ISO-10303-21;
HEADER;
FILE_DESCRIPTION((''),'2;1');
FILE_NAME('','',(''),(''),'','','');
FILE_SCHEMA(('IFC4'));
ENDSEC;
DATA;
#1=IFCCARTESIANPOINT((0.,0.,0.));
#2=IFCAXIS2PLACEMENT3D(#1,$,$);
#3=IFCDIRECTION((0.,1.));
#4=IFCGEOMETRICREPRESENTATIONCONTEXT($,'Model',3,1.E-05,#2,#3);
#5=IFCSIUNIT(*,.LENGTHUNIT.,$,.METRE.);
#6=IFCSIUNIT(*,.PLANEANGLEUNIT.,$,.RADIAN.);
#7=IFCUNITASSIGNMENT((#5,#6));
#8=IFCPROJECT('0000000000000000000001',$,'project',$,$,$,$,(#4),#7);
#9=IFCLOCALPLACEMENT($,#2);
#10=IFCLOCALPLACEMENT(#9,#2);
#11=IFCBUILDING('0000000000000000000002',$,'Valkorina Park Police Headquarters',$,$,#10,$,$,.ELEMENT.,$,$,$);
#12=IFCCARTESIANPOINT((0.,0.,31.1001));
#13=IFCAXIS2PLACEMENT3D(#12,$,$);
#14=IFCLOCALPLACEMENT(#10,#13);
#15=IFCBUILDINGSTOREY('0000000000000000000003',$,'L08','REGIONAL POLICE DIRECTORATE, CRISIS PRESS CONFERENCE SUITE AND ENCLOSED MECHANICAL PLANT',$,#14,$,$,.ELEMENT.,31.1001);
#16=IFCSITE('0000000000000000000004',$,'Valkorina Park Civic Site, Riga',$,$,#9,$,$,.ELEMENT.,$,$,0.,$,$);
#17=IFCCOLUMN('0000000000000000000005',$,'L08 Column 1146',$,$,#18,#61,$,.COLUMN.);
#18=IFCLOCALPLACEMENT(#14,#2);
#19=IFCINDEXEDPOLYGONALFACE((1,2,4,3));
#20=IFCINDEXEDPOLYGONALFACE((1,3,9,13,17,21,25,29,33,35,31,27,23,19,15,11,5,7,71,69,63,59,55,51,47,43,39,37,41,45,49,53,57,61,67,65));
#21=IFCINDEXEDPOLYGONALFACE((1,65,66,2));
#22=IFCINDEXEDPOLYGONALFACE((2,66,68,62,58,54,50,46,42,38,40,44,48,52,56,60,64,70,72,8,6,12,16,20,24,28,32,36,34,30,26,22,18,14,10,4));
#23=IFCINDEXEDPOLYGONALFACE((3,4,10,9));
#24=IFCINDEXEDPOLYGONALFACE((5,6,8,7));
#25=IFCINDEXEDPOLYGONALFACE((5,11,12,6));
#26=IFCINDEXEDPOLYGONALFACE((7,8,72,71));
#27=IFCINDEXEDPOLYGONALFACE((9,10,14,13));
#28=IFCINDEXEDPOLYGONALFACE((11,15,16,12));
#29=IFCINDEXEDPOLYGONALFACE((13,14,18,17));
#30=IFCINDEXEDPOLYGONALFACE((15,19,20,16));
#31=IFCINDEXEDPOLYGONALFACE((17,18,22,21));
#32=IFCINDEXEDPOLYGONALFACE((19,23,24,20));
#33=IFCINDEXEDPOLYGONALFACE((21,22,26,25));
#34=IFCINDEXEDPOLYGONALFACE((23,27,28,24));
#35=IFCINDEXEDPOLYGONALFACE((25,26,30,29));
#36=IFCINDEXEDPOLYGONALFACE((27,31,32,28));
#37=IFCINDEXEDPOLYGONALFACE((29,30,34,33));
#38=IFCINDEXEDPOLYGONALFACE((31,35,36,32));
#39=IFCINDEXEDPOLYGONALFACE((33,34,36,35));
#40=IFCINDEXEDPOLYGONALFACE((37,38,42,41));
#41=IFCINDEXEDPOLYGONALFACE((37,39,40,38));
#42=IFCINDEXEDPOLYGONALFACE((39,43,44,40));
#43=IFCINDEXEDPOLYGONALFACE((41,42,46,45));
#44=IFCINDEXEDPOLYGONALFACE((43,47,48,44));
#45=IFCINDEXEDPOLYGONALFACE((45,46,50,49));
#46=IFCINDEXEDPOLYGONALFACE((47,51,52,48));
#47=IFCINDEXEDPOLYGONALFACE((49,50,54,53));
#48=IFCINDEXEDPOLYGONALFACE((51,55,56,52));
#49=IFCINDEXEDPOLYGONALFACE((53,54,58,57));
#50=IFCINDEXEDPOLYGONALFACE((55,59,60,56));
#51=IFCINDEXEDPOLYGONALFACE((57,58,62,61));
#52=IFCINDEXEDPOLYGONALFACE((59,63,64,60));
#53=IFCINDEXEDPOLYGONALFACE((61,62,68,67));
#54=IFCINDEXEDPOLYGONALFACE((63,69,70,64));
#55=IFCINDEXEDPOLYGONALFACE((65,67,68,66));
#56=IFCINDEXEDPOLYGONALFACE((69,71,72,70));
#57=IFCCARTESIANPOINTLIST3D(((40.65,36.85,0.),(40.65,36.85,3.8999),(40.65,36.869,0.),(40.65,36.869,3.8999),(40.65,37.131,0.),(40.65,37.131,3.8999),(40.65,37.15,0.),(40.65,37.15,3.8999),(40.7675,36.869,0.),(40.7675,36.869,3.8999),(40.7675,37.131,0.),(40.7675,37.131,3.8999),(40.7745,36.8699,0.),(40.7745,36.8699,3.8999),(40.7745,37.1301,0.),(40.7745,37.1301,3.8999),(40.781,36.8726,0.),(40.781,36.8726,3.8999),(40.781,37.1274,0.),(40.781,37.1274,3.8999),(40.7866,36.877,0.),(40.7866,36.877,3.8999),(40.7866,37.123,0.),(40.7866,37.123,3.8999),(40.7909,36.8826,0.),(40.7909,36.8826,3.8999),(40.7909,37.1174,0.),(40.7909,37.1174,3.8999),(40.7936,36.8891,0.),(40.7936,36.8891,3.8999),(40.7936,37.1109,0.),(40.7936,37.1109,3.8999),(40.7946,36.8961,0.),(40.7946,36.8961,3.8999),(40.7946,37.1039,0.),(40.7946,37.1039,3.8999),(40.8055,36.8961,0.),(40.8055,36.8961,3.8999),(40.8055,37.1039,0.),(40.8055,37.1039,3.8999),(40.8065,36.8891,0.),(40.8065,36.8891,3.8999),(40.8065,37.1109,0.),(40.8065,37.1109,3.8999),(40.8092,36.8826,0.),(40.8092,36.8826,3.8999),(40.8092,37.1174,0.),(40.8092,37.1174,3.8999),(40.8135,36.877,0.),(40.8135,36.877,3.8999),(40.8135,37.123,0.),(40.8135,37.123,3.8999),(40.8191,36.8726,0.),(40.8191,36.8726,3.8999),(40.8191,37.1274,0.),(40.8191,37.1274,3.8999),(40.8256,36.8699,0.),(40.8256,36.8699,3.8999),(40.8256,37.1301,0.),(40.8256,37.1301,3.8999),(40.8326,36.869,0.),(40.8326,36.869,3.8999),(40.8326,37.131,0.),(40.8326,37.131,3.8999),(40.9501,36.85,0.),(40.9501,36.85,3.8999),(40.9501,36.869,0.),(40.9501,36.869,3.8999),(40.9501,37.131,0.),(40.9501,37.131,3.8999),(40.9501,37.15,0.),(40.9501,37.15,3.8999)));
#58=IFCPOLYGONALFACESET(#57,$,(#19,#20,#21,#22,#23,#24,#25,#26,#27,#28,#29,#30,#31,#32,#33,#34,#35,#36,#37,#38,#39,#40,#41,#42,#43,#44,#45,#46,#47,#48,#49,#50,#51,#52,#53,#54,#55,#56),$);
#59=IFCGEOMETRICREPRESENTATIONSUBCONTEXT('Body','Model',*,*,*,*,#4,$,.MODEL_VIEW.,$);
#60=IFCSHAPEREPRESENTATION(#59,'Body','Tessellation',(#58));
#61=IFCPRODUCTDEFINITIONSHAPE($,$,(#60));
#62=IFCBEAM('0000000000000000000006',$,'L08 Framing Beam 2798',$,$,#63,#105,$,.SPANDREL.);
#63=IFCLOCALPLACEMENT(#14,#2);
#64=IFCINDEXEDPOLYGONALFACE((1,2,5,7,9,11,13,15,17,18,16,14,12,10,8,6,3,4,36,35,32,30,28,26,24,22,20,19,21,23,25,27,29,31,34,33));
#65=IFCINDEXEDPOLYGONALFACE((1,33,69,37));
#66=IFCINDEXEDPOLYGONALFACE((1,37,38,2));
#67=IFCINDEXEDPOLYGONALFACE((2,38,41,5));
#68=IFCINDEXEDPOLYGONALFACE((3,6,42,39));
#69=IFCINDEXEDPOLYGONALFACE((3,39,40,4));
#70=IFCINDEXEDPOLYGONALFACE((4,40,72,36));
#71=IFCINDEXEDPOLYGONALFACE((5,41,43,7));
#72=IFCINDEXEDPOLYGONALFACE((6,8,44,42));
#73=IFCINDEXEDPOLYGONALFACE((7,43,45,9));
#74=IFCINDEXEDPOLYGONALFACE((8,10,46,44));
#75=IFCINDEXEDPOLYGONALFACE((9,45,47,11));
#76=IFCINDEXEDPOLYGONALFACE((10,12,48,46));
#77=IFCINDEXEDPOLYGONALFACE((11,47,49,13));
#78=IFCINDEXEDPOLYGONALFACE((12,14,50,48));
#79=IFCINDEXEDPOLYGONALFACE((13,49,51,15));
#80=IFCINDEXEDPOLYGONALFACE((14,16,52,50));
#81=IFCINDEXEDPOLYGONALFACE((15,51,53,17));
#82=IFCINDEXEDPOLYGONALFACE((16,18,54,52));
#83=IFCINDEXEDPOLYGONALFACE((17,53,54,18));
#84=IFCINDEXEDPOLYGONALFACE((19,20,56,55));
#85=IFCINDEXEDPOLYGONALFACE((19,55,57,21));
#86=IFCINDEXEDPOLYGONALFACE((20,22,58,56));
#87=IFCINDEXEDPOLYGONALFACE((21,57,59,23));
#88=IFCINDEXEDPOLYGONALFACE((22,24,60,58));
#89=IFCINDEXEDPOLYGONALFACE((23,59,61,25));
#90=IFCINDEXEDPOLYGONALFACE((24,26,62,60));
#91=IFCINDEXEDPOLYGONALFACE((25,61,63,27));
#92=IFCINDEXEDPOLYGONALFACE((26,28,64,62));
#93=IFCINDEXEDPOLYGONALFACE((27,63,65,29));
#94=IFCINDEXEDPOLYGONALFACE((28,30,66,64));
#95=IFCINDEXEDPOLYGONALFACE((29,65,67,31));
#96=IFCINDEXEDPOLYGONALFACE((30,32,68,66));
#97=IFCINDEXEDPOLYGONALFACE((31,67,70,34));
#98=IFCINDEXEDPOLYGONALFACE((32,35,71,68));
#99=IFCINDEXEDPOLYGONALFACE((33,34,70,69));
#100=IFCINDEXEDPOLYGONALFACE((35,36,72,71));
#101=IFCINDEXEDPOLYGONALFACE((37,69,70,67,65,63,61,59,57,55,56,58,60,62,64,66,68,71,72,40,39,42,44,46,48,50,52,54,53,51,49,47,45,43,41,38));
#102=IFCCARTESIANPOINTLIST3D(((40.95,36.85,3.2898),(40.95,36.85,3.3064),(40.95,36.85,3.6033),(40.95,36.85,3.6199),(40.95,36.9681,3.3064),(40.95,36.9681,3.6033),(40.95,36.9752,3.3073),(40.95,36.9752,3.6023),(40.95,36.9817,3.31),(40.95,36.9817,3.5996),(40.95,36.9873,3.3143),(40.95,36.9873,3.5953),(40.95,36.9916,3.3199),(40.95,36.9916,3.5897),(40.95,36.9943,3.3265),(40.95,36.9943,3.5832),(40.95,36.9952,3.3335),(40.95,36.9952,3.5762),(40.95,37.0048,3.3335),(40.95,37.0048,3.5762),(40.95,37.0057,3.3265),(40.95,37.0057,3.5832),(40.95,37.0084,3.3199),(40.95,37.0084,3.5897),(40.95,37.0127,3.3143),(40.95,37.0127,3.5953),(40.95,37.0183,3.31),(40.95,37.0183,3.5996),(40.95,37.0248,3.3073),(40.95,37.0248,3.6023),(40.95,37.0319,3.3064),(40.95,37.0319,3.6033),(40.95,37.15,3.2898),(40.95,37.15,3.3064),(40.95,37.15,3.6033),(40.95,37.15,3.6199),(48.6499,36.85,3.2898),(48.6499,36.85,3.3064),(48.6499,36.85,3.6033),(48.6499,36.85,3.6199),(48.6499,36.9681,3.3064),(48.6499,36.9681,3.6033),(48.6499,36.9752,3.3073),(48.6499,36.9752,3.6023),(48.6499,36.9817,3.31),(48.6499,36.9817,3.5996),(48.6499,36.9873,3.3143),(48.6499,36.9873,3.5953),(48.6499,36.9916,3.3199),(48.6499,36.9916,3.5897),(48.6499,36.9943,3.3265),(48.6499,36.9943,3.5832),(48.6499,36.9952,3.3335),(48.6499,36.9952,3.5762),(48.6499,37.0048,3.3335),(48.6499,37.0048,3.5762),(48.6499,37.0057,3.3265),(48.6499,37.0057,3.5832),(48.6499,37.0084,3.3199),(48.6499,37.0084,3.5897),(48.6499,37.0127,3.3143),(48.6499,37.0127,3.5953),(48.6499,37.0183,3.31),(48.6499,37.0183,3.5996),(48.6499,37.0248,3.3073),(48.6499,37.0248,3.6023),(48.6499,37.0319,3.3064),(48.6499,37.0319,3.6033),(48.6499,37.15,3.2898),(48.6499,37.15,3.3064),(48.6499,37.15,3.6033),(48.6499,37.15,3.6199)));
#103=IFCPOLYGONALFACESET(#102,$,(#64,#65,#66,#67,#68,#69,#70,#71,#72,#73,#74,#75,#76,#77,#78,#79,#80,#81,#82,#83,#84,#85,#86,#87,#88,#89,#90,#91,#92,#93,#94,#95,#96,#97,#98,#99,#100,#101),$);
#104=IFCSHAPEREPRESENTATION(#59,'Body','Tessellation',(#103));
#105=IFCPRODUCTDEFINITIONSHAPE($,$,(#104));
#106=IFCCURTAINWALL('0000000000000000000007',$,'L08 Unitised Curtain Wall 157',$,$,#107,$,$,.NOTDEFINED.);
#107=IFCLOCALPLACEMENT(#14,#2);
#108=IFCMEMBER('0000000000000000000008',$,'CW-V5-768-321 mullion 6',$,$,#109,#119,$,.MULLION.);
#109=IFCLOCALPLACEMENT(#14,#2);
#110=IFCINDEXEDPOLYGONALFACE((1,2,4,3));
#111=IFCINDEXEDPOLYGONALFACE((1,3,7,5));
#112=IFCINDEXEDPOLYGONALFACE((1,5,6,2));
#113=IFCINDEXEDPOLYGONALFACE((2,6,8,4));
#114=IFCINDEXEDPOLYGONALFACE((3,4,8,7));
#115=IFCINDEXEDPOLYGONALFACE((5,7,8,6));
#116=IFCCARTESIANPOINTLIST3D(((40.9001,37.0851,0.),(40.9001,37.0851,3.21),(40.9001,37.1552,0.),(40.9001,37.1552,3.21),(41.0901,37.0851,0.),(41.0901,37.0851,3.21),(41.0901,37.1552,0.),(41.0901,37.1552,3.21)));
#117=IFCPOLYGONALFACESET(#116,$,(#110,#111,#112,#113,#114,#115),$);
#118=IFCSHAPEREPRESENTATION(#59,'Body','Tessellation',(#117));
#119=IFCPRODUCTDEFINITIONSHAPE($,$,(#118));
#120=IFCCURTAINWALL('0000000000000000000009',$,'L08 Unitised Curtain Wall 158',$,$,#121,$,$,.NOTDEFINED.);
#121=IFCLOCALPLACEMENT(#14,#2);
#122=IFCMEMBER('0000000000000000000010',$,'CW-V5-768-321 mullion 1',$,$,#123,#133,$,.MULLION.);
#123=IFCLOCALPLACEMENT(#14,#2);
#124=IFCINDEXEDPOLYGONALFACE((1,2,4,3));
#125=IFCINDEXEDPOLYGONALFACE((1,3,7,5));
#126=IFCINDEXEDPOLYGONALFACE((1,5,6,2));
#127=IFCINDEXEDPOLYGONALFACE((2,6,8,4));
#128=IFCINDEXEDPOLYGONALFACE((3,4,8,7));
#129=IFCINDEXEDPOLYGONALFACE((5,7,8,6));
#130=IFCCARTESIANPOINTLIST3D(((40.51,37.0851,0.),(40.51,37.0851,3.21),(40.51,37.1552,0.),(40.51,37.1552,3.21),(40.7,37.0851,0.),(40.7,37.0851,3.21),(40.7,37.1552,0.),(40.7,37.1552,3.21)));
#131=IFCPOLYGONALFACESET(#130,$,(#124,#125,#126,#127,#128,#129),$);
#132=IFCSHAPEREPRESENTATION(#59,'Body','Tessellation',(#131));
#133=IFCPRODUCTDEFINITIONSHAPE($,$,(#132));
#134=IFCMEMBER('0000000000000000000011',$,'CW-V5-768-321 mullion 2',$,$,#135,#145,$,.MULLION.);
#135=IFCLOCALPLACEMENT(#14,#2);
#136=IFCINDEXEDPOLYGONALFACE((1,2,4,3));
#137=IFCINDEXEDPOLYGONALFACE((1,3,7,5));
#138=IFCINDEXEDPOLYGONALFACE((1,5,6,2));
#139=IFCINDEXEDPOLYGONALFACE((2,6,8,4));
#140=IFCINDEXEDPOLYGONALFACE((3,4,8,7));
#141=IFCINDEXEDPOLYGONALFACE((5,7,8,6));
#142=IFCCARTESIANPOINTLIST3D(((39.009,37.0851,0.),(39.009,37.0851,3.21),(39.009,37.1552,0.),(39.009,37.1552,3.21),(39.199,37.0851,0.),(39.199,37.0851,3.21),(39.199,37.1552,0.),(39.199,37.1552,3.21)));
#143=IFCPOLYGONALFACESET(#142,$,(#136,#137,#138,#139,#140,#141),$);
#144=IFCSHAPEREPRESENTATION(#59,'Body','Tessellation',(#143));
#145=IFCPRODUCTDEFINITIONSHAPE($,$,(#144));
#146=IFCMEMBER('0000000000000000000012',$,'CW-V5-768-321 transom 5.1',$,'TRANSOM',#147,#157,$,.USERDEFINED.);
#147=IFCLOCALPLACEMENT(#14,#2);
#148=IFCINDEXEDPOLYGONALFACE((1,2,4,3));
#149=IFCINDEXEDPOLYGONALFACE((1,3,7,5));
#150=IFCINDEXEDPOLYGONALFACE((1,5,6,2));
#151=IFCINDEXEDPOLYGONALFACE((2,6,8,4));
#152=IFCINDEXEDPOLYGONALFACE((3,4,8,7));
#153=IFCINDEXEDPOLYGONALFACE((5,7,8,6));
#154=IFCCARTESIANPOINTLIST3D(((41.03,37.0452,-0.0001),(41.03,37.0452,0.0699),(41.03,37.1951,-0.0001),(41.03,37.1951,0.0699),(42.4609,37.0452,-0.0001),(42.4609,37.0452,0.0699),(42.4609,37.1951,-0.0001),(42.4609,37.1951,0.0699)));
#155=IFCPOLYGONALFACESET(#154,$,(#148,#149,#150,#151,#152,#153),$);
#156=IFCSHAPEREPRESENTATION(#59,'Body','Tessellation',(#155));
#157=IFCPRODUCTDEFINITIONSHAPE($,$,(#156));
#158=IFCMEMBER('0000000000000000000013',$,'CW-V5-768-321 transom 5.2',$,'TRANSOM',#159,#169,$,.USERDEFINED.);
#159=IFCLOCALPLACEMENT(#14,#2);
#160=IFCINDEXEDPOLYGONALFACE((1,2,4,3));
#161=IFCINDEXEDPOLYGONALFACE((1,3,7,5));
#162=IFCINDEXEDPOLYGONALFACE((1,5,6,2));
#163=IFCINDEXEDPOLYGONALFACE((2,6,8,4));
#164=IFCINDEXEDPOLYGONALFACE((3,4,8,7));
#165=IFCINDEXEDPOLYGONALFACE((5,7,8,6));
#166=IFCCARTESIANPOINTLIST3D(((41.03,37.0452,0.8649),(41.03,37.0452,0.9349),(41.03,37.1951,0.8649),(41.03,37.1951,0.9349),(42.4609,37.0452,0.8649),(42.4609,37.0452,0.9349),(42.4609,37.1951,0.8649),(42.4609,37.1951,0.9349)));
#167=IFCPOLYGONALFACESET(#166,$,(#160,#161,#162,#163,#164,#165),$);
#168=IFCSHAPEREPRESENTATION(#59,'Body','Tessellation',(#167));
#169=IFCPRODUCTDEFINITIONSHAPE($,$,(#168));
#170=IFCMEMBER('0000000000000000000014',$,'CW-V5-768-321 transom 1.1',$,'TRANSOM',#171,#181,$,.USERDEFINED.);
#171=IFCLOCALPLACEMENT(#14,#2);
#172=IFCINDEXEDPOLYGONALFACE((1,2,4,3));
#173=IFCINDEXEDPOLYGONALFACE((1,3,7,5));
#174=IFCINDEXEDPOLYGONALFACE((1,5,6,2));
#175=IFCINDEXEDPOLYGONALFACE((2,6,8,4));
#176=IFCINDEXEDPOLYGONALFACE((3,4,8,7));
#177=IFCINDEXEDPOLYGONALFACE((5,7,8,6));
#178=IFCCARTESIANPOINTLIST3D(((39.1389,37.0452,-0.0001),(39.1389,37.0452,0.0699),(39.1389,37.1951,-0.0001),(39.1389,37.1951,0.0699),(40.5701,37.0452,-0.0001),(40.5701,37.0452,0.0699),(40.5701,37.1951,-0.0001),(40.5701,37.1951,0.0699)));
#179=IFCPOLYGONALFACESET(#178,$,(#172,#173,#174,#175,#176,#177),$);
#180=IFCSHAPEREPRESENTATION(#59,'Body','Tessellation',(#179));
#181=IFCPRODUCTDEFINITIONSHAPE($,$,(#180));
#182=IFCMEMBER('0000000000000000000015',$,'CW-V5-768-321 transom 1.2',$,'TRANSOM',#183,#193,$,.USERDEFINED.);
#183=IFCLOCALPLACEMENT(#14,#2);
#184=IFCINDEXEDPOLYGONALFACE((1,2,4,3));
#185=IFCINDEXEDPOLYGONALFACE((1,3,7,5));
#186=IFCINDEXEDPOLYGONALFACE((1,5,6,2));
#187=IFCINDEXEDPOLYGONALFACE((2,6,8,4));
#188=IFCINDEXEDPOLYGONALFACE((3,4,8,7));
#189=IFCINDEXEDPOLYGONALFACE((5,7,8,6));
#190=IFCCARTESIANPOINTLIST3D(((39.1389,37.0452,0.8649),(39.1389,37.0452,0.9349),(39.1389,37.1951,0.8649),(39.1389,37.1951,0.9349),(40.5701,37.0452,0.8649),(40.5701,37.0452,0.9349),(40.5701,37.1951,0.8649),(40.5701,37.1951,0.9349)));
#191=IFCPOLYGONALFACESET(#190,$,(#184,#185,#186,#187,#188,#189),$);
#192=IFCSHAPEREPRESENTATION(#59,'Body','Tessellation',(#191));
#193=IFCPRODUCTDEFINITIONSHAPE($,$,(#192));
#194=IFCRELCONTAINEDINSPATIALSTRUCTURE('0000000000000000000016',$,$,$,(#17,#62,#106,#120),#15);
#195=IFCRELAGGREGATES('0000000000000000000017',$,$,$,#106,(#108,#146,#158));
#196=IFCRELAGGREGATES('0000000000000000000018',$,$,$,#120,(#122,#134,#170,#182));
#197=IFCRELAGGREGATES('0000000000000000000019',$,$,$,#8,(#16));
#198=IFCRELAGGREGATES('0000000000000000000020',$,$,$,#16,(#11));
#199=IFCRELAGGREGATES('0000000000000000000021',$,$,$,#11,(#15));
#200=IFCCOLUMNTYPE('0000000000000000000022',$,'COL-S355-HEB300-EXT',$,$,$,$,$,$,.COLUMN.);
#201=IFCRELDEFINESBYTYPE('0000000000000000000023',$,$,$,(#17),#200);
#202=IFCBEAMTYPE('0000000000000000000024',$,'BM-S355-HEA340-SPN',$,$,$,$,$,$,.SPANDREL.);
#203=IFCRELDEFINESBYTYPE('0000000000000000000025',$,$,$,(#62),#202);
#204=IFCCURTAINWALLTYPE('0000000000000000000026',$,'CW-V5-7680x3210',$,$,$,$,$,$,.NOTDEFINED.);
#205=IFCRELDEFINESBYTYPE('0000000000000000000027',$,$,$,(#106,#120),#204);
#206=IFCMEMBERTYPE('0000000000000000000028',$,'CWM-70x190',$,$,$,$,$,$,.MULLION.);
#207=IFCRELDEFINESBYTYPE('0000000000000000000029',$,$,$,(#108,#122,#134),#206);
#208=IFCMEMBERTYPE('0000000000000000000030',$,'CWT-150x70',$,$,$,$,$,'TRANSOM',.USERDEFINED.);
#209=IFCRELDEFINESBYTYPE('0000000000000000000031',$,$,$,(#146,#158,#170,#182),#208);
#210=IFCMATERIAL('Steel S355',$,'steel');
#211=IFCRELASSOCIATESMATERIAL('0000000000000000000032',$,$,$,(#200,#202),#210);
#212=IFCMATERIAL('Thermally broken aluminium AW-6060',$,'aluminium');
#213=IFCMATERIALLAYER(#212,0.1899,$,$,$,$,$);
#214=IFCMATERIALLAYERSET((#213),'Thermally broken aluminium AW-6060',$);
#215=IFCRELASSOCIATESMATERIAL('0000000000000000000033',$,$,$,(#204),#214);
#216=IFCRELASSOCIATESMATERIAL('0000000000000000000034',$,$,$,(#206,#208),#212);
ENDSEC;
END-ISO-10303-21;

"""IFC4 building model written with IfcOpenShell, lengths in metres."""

from ifc_helpers import new_model, si_unit, direction, frame, origin, origin_2d, place, context, subcontext, project, spatial, rectangle, i_section, extrude, material, layer, layer_set, material_profile, profile_set, type_object, element, aggregate, save


model = new_model("IFC4")

# Units and contexts
model_context = context("Model", 3, precision=1e-05, world=origin(), true_north=direction((0.0, 1.0)))
body_context = subcontext(model_context, "Body", "Model", "MODEL_VIEW")
ifc_project = project(units=[si_unit("LENGTHUNIT", "METRE"), si_unit("PLANEANGLEUNIT", "RADIAN")], contexts=[model_context])

# Site, building, storey
site_placement = place(None, origin())
site = spatial("IfcSite", under=ifc_project, at=site_placement, Name="Valkorina Park Civic Site, Riga", CompositionType="ELEMENT", RefElevation=0.0)
building_placement = place(site_placement, origin())
building = spatial("IfcBuilding", under=site, at=building_placement, Name="Valkorina Park Police Headquarters", CompositionType="ELEMENT")
storey_placement = place(building_placement, frame((0.0, 0.0, 31.1001)))
storey = spatial("IfcBuildingStorey", under=building, at=storey_placement, Name="L08", Description="REGIONAL POLICE DIRECTORATE, CRISIS PRESS CONFERENCE SUITE AND ENCLOSED MECHANICAL PLANT", CompositionType="ELEMENT", Elevation=31.1001)

# Column
ifc_material_1 = material(Name="Steel S355", Category="steel")
ifc_material_profile_1 = material_profile(ifc_material_1, i_section(OverallWidth=0.3, OverallDepth=0.3, WebThickness=0.011, FlangeThickness=0.019, FilletRadius=0.0271, at=origin_2d()), Name="HEB 300")
ifc_profile_set_1 = profile_set([ifc_material_profile_1], Name="Steel S355")
column_type = type_object("IfcColumnType", Name="COL-S355-HEB300-EXT", PredefinedType="COLUMN", material=ifc_profile_set_1)
column_placement = place(storey_placement, frame((40.8, 37.0, 0.0), z_axis=(0.0, 0.0, 1.0), x_axis=(1.0, 0.0, 0.0)))
element("IfcColumn", 1, at=column_placement, inside=storey, type_object=column_type, Name="L08 Column 1146", PredefinedType="COLUMN", context=body_context, shape_type="SweptSolid", body=[
    extrude(i_section(OverallWidth=0.3, OverallDepth=0.3, WebThickness=0.011, FlangeThickness=0.019, FilletRadius=0.0271, at=origin_2d()), origin(), (0.0, 0.0, 1.0), 3.8999),
])

# Beam
ifc_material_profile_2 = material_profile(ifc_material_1, i_section(OverallWidth=0.3, OverallDepth=0.3301, WebThickness=0.0095, FlangeThickness=0.0166, FilletRadius=0.0271, at=origin_2d()), Name="HEA 340")
ifc_profile_set_2 = profile_set([ifc_material_profile_2], Name="Steel S355")
beam_type = type_object("IfcBeamType", Name="BM-S355-HEA340-SPN", PredefinedType="SPANDREL", material=ifc_profile_set_2)
beam_placement = place(storey_placement, frame((40.95, 37.0, 3.4548), z_axis=(1.0, 0.0, 0.0), x_axis=(0.0, 1.0, 0.0)))
element("IfcBeam", 2, at=beam_placement, inside=storey, type_object=beam_type, Name="L08 Framing Beam 2798", PredefinedType="SPANDREL", context=body_context, shape_type="SweptSolid", body=[
    extrude(i_section(OverallWidth=0.3, OverallDepth=0.3301, WebThickness=0.0095, FlangeThickness=0.0166, FilletRadius=0.0271, at=origin_2d()), origin(), (0.0, 0.0, 1.0), 7.7),
])

# Curtain wall, member
ifc_material_2 = material(Name="Thermally broken aluminium AW-6060", Category="aluminium")
ifc_layer_1 = layer(ifc_material_2, 0.1899)
ifc_layer_set_1 = layer_set([ifc_layer_1], Name="Thermally broken aluminium AW-6060")
curtain_wall_type = type_object("IfcCurtainWallType", Name="CW-V5-7680x3210", PredefinedType="NOTDEFINED", material=ifc_layer_set_1)
curtain_wall_1_placement = place(storey_placement, origin())
curtain_wall_1 = element("IfcCurtainWall", 3, at=curtain_wall_1_placement, inside=storey, type_object=curtain_wall_type, Name="L08 Unitised Curtain Wall 157", PredefinedType="NOTDEFINED")
ifc_material_profile_3 = material_profile(ifc_material_2, rectangle(XDim=0.0701, YDim=0.1899, at=origin_2d()), Name="CWM-02 70x190")
ifc_profile_set_3 = profile_set([ifc_material_profile_3], Name="Thermally broken aluminium AW-6060")
member_type_1 = type_object("IfcMemberType", Name="CWM-70x190", PredefinedType="MULLION", material=ifc_profile_set_3)
member_1_placement = place(storey_placement, frame((40.9951, 37.1201, 0.0), z_axis=(0.0, 0.0, 1.0), x_axis=(0.0, -1.0, 0.0)))
member_1 = element("IfcMember", 4, at=member_1_placement, type_object=member_type_1, Name="CW-V5-768-321 mullion 6", PredefinedType="MULLION", context=body_context, shape_type="SweptSolid", body=[
    extrude(rectangle(XDim=0.0701, YDim=0.1899, at=origin_2d()), origin(), (0.0, 0.0, 1.0), 3.21),
])

# Curtain wall, members
curtain_wall_2_placement = place(storey_placement, origin())
curtain_wall_2 = element("IfcCurtainWall", 5, at=curtain_wall_2_placement, inside=storey, type_object=curtain_wall_type, Name="L08 Unitised Curtain Wall 158", PredefinedType="NOTDEFINED")
member_2_placement = place(storey_placement, frame((40.605, 37.1201, 0.0), z_axis=(0.0, 0.0, 1.0), x_axis=(0.0, -1.0, 0.0)))
member_2 = element("IfcMember", 6, at=member_2_placement, type_object=member_type_1, Name="CW-V5-768-321 mullion 1", PredefinedType="MULLION", context=body_context, shape_type="SweptSolid", body=[
    extrude(rectangle(XDim=0.0701, YDim=0.1899, at=origin_2d()), origin(), (0.0, 0.0, 1.0), 3.21),
])
member_3_placement = place(storey_placement, frame((39.104, 37.1201, 0.0), z_axis=(0.0, 0.0, 1.0), x_axis=(0.0, -1.0, 0.0)))
member_3 = element("IfcMember", 7, at=member_3_placement, type_object=member_type_1, Name="CW-V5-768-321 mullion 2", PredefinedType="MULLION", context=body_context, shape_type="SweptSolid", body=[
    extrude(rectangle(XDim=0.0701, YDim=0.1899, at=origin_2d()), origin(), (0.0, 0.0, 1.0), 3.21),
])

# Members
ifc_material_profile_4 = material_profile(ifc_material_2, rectangle(XDim=0.1499, YDim=0.0701, at=origin_2d()), Name="CWT-02 150x70")
ifc_profile_set_4 = profile_set([ifc_material_profile_4], Name="Thermally broken aluminium AW-6060")
member_type_2 = type_object("IfcMemberType", Name="CWT-150x70", ElementType="TRANSOM", PredefinedType="USERDEFINED", material=ifc_profile_set_4)
member_4_placement = place(storey_placement, frame((42.4609, 37.1201, 0.0349), z_axis=(-1.0, 0.0, 0.0), x_axis=(0.0, -1.0, 0.0)))
member_4 = element("IfcMember", 8, at=member_4_placement, type_object=member_type_2, Name="CW-V5-768-321 transom 5.1", ObjectType="TRANSOM", PredefinedType="USERDEFINED", context=body_context, shape_type="SweptSolid", body=[
    extrude(rectangle(XDim=0.1499, YDim=0.0701, at=origin_2d()), origin(), (0.0, 0.0, 1.0), 1.4309),
])
member_5_placement = place(storey_placement, frame((42.4609, 37.1201, 0.8999), z_axis=(-1.0, 0.0, 0.0), x_axis=(0.0, -1.0, 0.0)))
member_5 = element("IfcMember", 9, at=member_5_placement, type_object=member_type_2, Name="CW-V5-768-321 transom 5.2", ObjectType="TRANSOM", PredefinedType="USERDEFINED", context=body_context, shape_type="SweptSolid", body=[
    extrude(rectangle(XDim=0.1499, YDim=0.0701, at=origin_2d()), origin(), (0.0, 0.0, 1.0), 1.4309),
])
member_6_placement = place(storey_placement, frame((40.5701, 37.1201, 0.0349), z_axis=(-1.0, 0.0, 0.0), x_axis=(0.0, -1.0, 0.0)))
member_6 = element("IfcMember", 10, at=member_6_placement, type_object=member_type_2, Name="CW-V5-768-321 transom 1.1", ObjectType="TRANSOM", PredefinedType="USERDEFINED", context=body_context, shape_type="SweptSolid", body=[
    extrude(rectangle(XDim=0.1499, YDim=0.0701, at=origin_2d()), origin(), (0.0, 0.0, 1.0), 1.4312),
])
member_7_placement = place(storey_placement, frame((40.5701, 37.1201, 0.8999), z_axis=(-1.0, 0.0, 0.0), x_axis=(0.0, -1.0, 0.0)))
member_7 = element("IfcMember", 11, at=member_7_placement, type_object=member_type_2, Name="CW-V5-768-321 transom 1.2", ObjectType="TRANSOM", PredefinedType="USERDEFINED", context=body_context, shape_type="SweptSolid", body=[
    extrude(rectangle(XDim=0.1499, YDim=0.0701, at=origin_2d()), origin(), (0.0, 0.0, 1.0), 1.4312),
])

aggregate(curtain_wall_1, [member_1, member_4, member_5])
aggregate(curtain_wall_2, [member_2, member_3, member_6, member_7])

save(model, "model.ifc")
